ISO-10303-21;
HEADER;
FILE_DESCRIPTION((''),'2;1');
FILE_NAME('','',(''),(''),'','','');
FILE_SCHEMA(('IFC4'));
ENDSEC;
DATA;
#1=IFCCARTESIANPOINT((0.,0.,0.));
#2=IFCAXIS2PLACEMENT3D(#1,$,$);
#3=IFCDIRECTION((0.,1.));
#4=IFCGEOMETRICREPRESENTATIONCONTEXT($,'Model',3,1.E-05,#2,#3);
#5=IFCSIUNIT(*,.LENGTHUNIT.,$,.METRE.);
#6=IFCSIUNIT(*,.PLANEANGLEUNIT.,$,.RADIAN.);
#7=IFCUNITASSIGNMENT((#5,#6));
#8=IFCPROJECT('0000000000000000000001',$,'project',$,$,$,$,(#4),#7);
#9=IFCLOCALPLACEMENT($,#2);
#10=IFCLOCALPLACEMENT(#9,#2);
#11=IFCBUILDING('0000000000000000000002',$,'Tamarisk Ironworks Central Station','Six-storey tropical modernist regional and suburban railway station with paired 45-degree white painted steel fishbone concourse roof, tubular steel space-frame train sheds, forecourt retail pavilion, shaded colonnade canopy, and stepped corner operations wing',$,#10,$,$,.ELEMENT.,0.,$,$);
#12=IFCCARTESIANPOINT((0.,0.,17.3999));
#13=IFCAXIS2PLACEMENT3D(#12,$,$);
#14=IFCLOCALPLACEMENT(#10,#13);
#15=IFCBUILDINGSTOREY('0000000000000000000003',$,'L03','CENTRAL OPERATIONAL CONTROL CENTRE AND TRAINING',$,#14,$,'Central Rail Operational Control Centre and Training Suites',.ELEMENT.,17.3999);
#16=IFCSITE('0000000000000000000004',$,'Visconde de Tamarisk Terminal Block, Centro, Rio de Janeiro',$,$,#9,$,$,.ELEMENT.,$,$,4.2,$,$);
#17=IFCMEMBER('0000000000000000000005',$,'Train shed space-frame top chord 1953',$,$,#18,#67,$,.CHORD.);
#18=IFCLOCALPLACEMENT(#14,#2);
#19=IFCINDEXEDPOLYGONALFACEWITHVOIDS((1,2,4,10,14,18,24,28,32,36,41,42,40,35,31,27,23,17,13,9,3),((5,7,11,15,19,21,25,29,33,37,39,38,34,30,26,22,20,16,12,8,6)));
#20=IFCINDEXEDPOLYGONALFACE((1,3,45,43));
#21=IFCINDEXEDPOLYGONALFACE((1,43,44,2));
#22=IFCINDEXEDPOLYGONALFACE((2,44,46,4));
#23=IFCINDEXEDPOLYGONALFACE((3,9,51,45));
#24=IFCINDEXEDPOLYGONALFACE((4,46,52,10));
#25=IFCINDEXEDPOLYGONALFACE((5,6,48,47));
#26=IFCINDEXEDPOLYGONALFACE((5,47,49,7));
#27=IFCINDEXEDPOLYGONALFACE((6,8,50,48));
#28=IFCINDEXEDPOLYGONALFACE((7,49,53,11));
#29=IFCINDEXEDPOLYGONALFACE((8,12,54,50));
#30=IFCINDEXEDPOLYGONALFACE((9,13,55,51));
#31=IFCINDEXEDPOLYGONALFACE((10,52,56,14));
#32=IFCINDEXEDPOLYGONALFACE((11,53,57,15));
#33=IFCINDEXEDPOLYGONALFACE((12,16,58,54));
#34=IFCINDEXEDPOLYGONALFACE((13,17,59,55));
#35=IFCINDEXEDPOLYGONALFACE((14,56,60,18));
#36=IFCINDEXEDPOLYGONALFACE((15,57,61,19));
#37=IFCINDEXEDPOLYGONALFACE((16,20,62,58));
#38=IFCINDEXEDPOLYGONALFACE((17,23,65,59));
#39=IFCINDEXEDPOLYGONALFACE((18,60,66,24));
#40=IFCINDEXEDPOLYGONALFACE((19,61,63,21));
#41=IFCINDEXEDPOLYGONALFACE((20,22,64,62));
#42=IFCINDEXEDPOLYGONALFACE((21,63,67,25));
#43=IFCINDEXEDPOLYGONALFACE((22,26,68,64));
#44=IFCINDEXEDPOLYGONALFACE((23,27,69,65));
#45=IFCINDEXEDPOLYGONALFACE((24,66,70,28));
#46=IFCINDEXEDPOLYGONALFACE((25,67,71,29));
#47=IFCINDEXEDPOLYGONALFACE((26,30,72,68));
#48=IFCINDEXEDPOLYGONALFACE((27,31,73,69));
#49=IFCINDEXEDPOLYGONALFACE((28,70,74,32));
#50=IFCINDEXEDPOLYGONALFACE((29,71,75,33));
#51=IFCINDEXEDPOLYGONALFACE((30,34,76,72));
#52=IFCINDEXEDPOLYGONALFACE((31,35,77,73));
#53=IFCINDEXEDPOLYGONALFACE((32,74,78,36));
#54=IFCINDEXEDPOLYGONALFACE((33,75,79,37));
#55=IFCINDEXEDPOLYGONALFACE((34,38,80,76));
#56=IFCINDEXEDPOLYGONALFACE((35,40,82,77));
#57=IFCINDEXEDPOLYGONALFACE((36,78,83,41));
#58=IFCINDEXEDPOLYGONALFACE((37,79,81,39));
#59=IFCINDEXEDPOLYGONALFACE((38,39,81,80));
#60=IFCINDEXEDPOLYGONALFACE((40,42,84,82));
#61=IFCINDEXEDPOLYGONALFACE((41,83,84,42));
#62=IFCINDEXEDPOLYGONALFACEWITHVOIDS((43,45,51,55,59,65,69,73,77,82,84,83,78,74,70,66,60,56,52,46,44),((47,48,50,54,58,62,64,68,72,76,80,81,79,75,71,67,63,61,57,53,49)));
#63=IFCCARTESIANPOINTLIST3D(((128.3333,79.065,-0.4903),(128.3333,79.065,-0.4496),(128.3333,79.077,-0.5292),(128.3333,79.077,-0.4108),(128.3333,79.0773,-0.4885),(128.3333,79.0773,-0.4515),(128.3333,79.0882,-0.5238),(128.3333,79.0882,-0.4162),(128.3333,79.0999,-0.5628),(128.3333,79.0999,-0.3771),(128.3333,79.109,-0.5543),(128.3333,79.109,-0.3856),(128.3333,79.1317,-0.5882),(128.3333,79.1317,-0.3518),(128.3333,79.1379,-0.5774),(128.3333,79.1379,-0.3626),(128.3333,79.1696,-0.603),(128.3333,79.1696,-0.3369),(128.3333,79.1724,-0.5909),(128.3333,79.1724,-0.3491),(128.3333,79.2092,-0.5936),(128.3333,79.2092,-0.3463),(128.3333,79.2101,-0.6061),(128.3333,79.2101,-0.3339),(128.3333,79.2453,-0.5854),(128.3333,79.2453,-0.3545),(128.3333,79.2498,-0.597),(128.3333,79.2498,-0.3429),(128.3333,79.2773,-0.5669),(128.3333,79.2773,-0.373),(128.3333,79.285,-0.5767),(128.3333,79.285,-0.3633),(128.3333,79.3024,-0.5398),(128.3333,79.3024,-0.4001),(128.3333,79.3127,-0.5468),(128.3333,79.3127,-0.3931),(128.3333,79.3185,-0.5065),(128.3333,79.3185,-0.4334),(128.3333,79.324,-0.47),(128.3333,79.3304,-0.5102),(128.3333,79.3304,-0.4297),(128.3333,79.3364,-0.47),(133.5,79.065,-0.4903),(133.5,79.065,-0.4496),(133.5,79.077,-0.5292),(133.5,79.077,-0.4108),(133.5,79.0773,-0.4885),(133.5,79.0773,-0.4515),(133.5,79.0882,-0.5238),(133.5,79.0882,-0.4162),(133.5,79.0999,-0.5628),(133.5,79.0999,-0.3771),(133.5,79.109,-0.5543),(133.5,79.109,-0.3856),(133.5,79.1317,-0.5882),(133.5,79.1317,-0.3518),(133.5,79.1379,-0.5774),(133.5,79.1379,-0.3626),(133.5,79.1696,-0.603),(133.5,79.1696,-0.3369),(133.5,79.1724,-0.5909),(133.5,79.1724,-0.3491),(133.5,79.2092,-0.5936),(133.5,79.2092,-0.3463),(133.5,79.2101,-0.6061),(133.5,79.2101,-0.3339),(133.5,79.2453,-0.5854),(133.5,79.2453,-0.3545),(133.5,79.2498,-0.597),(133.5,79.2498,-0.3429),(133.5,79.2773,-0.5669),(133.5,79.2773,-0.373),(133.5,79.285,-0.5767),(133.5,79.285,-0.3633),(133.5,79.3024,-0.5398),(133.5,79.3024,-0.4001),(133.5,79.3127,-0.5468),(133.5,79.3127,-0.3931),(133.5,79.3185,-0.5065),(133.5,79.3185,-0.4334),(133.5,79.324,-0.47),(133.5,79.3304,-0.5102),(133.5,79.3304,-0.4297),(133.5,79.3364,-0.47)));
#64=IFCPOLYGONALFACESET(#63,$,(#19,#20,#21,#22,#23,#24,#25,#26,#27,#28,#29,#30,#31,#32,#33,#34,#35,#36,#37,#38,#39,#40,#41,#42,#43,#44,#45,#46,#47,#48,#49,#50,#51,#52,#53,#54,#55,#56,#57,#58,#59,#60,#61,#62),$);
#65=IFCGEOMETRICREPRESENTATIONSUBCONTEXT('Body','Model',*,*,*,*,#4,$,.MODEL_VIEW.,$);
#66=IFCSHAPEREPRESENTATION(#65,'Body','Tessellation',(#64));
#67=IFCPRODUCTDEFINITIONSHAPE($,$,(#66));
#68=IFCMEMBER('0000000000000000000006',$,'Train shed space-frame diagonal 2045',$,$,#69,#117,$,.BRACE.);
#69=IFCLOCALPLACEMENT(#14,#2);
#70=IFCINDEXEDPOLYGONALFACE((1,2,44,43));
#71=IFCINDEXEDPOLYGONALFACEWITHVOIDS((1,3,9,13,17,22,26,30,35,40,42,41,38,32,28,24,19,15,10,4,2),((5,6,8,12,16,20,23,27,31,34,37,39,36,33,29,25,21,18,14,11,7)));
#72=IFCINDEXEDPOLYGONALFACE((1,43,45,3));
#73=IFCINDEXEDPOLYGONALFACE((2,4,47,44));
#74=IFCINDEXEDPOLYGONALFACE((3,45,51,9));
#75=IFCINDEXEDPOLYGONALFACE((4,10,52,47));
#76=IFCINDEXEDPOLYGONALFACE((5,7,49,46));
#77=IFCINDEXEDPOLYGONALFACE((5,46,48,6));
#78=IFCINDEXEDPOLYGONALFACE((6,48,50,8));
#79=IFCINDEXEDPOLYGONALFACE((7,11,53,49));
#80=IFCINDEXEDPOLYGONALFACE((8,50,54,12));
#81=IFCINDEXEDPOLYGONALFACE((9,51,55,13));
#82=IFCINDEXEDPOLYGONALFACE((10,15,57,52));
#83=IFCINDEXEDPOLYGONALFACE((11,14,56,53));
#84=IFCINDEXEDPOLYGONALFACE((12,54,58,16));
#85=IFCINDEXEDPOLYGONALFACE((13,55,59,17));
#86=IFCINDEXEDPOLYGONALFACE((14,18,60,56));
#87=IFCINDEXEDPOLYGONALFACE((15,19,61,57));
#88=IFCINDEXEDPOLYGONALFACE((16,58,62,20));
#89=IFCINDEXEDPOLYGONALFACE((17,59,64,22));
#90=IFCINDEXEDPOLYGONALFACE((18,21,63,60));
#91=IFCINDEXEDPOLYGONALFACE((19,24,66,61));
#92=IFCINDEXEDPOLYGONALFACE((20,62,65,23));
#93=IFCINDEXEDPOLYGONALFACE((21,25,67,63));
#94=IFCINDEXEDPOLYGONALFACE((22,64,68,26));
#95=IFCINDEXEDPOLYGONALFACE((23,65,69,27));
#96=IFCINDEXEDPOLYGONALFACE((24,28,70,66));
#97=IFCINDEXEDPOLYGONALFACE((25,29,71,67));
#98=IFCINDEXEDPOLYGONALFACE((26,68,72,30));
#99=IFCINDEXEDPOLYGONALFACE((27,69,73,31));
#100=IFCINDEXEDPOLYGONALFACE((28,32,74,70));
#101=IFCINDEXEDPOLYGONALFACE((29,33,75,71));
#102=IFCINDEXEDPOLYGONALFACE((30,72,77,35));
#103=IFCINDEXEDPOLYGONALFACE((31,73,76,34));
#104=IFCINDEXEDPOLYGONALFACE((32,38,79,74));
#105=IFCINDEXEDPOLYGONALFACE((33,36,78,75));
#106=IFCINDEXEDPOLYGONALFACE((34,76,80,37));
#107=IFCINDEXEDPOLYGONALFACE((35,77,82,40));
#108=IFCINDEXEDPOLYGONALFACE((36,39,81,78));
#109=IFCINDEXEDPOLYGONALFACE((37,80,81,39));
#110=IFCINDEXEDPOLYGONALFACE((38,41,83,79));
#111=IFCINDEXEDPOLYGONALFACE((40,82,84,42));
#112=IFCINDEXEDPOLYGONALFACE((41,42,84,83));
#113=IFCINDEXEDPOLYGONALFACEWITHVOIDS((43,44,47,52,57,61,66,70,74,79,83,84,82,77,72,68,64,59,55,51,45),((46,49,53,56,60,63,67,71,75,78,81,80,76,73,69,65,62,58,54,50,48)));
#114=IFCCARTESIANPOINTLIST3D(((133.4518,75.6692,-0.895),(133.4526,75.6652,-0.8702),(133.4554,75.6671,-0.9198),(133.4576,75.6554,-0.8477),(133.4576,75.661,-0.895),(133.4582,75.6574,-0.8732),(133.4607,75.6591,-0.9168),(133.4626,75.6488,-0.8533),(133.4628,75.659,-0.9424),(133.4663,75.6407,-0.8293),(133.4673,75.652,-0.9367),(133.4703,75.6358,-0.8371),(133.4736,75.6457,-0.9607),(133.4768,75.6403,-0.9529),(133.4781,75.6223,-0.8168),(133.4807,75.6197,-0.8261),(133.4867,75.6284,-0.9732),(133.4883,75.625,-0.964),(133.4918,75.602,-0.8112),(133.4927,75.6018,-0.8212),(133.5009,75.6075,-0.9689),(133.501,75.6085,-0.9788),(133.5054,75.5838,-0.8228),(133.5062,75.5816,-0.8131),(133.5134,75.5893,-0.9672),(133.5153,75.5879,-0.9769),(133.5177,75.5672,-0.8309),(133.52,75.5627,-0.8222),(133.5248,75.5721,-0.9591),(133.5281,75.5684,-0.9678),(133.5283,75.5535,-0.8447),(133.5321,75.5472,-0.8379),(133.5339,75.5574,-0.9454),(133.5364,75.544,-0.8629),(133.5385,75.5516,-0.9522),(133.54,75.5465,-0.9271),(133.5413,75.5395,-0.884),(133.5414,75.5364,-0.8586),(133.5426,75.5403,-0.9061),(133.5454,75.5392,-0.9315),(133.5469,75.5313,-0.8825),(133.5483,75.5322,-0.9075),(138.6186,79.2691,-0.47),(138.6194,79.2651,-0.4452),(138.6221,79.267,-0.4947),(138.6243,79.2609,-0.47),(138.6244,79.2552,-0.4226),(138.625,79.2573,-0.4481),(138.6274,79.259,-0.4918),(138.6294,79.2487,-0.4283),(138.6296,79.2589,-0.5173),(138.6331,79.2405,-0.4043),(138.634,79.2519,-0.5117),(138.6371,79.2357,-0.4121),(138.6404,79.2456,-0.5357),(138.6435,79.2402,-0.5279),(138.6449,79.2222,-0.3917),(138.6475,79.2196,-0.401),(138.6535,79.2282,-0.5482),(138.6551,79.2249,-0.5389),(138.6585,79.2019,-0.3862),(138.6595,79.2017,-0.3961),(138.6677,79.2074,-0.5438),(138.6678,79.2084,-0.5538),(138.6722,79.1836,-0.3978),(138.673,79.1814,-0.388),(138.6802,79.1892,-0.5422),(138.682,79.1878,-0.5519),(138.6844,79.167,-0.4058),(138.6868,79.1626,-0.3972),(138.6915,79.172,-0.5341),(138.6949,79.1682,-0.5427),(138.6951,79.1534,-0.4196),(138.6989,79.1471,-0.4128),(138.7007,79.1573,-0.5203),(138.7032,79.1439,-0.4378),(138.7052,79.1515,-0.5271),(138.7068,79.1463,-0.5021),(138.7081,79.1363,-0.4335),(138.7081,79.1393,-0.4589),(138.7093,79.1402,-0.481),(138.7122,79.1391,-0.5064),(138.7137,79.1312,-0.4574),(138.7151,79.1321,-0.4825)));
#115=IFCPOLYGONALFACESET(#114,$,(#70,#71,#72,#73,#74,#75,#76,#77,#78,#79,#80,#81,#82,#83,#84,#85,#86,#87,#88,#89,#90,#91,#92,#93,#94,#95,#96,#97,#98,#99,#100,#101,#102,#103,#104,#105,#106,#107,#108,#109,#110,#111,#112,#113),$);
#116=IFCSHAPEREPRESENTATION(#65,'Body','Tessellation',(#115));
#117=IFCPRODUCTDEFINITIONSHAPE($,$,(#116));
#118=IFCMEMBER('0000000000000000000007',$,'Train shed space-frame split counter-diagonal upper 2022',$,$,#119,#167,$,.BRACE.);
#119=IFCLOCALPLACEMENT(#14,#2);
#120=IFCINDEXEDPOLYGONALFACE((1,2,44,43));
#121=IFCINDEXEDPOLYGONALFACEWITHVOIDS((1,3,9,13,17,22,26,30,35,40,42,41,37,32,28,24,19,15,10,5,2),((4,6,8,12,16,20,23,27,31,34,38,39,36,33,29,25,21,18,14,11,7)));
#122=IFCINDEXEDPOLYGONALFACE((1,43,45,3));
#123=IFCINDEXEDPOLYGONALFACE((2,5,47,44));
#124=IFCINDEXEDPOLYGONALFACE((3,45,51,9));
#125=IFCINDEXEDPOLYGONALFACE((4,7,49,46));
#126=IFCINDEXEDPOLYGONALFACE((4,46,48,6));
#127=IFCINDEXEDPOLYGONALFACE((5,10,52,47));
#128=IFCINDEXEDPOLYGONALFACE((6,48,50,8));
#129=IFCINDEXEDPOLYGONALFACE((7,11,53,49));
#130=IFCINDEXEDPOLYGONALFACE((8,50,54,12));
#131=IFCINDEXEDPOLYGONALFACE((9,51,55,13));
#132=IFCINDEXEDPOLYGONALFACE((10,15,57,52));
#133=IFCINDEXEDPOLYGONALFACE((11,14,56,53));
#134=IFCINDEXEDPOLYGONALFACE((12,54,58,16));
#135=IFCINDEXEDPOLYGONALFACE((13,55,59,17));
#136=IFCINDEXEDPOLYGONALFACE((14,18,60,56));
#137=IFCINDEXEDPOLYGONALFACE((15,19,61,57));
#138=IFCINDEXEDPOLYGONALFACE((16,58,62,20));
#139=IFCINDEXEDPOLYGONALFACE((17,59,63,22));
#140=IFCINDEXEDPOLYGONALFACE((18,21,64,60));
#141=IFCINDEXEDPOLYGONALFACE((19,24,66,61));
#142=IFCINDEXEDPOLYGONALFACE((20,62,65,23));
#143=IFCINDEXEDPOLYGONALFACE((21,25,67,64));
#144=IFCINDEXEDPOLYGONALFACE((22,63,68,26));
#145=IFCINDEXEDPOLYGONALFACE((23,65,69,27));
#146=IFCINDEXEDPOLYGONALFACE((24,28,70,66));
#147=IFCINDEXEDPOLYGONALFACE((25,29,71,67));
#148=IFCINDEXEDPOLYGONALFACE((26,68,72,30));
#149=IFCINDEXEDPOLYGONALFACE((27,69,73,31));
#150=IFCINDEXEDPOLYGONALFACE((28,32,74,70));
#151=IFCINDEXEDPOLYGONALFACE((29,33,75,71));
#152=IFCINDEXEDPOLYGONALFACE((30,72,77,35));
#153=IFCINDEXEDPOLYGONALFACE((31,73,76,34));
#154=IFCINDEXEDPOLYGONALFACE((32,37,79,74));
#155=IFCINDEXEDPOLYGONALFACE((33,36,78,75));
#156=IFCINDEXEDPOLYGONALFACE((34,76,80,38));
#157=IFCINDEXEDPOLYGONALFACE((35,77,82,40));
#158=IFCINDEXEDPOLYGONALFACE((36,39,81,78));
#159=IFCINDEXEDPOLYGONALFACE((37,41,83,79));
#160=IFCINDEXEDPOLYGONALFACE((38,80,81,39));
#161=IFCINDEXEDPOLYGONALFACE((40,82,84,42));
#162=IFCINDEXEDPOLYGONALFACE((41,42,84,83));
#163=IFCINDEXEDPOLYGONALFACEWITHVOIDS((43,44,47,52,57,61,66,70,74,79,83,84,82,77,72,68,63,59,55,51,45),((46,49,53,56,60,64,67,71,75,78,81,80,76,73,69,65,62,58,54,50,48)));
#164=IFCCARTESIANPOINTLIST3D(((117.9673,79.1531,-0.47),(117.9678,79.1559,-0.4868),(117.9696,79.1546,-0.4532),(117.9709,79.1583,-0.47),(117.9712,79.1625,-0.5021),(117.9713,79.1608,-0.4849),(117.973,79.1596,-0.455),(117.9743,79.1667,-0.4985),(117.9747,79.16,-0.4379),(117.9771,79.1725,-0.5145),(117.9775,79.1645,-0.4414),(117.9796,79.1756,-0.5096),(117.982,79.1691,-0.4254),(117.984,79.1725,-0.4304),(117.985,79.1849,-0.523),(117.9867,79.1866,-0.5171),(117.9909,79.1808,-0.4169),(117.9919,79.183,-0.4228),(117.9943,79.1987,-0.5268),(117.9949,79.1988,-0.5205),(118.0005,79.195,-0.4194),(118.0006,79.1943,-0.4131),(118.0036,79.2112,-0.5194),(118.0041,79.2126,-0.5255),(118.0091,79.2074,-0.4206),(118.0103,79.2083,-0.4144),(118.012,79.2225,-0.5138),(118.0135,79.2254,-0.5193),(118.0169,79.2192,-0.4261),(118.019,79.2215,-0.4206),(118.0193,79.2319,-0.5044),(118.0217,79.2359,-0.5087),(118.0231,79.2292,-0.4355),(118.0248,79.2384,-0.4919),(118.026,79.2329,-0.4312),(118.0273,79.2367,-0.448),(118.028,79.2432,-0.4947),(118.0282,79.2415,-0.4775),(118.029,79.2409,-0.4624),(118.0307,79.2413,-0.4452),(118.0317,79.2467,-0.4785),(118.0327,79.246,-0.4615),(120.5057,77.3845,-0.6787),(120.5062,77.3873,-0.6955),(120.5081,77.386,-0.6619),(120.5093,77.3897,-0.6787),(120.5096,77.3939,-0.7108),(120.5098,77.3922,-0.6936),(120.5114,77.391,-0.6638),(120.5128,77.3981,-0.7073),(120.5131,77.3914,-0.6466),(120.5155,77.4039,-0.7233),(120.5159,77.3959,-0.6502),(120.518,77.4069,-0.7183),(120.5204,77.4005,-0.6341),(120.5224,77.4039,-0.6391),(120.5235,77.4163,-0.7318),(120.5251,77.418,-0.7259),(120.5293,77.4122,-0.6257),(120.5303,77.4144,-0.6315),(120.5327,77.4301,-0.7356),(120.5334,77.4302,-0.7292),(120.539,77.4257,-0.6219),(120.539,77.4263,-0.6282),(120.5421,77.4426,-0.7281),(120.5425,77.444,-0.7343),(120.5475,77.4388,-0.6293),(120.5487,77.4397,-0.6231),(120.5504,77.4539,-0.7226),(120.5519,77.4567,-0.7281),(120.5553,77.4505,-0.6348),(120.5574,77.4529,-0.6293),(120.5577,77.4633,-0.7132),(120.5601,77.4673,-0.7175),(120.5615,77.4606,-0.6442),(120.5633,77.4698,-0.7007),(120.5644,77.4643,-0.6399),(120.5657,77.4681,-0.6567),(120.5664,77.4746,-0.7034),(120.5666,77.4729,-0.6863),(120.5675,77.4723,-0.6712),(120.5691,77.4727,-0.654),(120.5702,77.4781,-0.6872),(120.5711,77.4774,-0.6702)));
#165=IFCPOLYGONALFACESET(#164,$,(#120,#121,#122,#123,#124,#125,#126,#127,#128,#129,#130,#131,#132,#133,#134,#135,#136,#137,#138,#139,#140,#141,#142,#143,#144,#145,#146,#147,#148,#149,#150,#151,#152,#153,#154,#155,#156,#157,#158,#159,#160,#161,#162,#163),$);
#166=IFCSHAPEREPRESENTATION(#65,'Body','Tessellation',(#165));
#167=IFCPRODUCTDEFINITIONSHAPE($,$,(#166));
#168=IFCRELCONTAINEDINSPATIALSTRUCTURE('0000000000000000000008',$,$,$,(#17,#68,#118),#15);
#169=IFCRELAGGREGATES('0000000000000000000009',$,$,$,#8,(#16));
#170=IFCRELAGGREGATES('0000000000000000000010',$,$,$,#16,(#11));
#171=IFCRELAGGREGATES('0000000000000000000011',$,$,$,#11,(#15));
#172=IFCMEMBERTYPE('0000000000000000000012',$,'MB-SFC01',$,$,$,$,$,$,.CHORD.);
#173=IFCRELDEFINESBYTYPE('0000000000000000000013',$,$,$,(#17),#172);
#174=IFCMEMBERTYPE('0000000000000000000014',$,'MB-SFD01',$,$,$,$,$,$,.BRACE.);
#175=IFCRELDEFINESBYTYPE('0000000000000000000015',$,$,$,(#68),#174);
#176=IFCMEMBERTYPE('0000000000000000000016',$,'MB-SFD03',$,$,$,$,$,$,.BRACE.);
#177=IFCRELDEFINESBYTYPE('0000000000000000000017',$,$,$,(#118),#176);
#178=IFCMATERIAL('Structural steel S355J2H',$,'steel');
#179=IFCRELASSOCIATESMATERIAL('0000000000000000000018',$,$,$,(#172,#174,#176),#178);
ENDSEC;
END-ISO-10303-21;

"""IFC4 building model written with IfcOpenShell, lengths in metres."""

from ifc_helpers import new_model, si_unit, direction, frame, origin, origin_2d, place, context, subcontext, project, spatial, hollow_circle, extrude, material, material_profile, profile_set, type_object, element, save


model = new_model("IFC4")

# Units and contexts
model_context = context("Model", 3, precision=1e-05, world=origin(), true_north=direction((0.0, 1.0)))
body_context = subcontext(model_context, "Body", "Model", "MODEL_VIEW")
ifc_project = project(units=[si_unit("LENGTHUNIT", "METRE"), si_unit("PLANEANGLEUNIT", "RADIAN")], contexts=[model_context])

# Site, building, storey
site_placement = place(None, origin())
site = spatial("IfcSite", under=ifc_project, at=site_placement, Name="Visconde de Tamarisk Terminal Block, Centro, Rio de Janeiro", CompositionType="ELEMENT", RefElevation=4.2)
building_placement = place(site_placement, origin())
building = spatial("IfcBuilding", under=site, at=building_placement, Name="Tamarisk Ironworks Central Station", Description="Six-storey tropical modernist regional and suburban railway station with paired 45-degree white painted steel fishbone concourse roof, tubular steel space-frame train sheds, forecourt retail pavilion, shaded colonnade canopy, and stepped corner operations wing", CompositionType="ELEMENT", ElevationOfRefHeight=0.0)
storey_placement = place(building_placement, frame((0.0, 0.0, 17.3999)))
storey = spatial("IfcBuildingStorey", under=building, at=storey_placement, Name="L03", Description="CENTRAL OPERATIONAL CONTROL CENTRE AND TRAINING", LongName="Central Rail Operational Control Centre and Training Suites", CompositionType="ELEMENT", Elevation=17.3999)

# Members
ifc_material_1 = material(Name="Structural steel S355J2H", Category="steel")
ifc_material_profile_1 = material_profile(ifc_material_1, hollow_circle(Radius=0.1365, WallThickness=0.0125, at=origin_2d()), Name="CHS 273x12.5")
ifc_profile_set_1 = profile_set([ifc_material_profile_1], Name="Structural steel S355J2H")
member_type_1 = type_object("IfcMemberType", Name="MB-SFC01", PredefinedType="CHORD", material=ifc_profile_set_1)
member_1_placement = place(storey_placement, frame((128.3333, 79.2, -0.47), z_axis=(1.0, 0.0, 0.0), x_axis=(0.0, 1.0, 0.0)))
element("IfcMember", 1, at=member_1_placement, inside=storey, type_object=member_type_1, Name="Train shed space-frame top chord 1953", PredefinedType="CHORD", context=body_context, shape_type="SweptSolid", body=[
    extrude(hollow_circle(Radius=0.1365, WallThickness=0.0125, at=origin_2d()), origin(), (0.0, 0.0, 1.0), 5.1667),
])
ifc_material_profile_2 = material_profile(ifc_material_1, hollow_circle(Radius=0.0842, WallThickness=0.01, at=origin_2d()), Name="CHS 168.3x10")
ifc_profile_set_2 = profile_set([ifc_material_profile_2], Name="Structural steel S355J2H")
member_type_2 = type_object("IfcMemberType", Name="MB-SFD01", PredefinedType="BRACE", material=ifc_profile_set_2)
member_2_placement = place(storey_placement, frame((133.5, 75.6001, -0.895), z_axis=(0.818626, 0.570365, 0.067345), x_axis=(-0.571663, 0.820489, 0.0)))
element("IfcMember", 2, at=member_2_placement, inside=storey, type_object=member_type_2, Name="Train shed space-frame diagonal 2045", PredefinedType="BRACE", context=body_context, shape_type="SweptSolid", body=[
    extrude(hollow_circle(Radius=0.0842, WallThickness=0.01, at=origin_2d()), origin(), (0.0, 0.0, 1.0), 6.3115),
])
ifc_material_profile_3 = material_profile(ifc_material_1, hollow_circle(Radius=0.0571, WallThickness=0.0063, at=origin_2d()), Name="CHS 114.3x6.3")
ifc_profile_set_3 = profile_set([ifc_material_profile_3], Name="Structural steel S355J2H")
member_type_3 = type_object("IfcMemberType", Name="MB-SFD03", PredefinedType="BRACE", material=ifc_profile_set_3)
for number, where, z_axis, x_axis, name in (
    (3, (120.5383, 77.4314, -0.6787), (-0.818625, 0.570369, 0.06732), (-0.571666, -0.820487, 0.0), "Train shed space-frame split counter-diagonal upper 2022"),
):
    element("IfcMember", number, at=place(storey_placement, frame(where, z_axis=z_axis, x_axis=x_axis)), inside=storey, type_object=member_type_3, Name=name, PredefinedType="BRACE", context=body_context, shape_type="SweptSolid", body=[
        extrude(hollow_circle(Radius=0.0571, WallThickness=0.0063, at=origin_2d()), origin(), (0.0, 0.0, 1.0), 3.1008),
    ])

save(model, "model.ifc")
